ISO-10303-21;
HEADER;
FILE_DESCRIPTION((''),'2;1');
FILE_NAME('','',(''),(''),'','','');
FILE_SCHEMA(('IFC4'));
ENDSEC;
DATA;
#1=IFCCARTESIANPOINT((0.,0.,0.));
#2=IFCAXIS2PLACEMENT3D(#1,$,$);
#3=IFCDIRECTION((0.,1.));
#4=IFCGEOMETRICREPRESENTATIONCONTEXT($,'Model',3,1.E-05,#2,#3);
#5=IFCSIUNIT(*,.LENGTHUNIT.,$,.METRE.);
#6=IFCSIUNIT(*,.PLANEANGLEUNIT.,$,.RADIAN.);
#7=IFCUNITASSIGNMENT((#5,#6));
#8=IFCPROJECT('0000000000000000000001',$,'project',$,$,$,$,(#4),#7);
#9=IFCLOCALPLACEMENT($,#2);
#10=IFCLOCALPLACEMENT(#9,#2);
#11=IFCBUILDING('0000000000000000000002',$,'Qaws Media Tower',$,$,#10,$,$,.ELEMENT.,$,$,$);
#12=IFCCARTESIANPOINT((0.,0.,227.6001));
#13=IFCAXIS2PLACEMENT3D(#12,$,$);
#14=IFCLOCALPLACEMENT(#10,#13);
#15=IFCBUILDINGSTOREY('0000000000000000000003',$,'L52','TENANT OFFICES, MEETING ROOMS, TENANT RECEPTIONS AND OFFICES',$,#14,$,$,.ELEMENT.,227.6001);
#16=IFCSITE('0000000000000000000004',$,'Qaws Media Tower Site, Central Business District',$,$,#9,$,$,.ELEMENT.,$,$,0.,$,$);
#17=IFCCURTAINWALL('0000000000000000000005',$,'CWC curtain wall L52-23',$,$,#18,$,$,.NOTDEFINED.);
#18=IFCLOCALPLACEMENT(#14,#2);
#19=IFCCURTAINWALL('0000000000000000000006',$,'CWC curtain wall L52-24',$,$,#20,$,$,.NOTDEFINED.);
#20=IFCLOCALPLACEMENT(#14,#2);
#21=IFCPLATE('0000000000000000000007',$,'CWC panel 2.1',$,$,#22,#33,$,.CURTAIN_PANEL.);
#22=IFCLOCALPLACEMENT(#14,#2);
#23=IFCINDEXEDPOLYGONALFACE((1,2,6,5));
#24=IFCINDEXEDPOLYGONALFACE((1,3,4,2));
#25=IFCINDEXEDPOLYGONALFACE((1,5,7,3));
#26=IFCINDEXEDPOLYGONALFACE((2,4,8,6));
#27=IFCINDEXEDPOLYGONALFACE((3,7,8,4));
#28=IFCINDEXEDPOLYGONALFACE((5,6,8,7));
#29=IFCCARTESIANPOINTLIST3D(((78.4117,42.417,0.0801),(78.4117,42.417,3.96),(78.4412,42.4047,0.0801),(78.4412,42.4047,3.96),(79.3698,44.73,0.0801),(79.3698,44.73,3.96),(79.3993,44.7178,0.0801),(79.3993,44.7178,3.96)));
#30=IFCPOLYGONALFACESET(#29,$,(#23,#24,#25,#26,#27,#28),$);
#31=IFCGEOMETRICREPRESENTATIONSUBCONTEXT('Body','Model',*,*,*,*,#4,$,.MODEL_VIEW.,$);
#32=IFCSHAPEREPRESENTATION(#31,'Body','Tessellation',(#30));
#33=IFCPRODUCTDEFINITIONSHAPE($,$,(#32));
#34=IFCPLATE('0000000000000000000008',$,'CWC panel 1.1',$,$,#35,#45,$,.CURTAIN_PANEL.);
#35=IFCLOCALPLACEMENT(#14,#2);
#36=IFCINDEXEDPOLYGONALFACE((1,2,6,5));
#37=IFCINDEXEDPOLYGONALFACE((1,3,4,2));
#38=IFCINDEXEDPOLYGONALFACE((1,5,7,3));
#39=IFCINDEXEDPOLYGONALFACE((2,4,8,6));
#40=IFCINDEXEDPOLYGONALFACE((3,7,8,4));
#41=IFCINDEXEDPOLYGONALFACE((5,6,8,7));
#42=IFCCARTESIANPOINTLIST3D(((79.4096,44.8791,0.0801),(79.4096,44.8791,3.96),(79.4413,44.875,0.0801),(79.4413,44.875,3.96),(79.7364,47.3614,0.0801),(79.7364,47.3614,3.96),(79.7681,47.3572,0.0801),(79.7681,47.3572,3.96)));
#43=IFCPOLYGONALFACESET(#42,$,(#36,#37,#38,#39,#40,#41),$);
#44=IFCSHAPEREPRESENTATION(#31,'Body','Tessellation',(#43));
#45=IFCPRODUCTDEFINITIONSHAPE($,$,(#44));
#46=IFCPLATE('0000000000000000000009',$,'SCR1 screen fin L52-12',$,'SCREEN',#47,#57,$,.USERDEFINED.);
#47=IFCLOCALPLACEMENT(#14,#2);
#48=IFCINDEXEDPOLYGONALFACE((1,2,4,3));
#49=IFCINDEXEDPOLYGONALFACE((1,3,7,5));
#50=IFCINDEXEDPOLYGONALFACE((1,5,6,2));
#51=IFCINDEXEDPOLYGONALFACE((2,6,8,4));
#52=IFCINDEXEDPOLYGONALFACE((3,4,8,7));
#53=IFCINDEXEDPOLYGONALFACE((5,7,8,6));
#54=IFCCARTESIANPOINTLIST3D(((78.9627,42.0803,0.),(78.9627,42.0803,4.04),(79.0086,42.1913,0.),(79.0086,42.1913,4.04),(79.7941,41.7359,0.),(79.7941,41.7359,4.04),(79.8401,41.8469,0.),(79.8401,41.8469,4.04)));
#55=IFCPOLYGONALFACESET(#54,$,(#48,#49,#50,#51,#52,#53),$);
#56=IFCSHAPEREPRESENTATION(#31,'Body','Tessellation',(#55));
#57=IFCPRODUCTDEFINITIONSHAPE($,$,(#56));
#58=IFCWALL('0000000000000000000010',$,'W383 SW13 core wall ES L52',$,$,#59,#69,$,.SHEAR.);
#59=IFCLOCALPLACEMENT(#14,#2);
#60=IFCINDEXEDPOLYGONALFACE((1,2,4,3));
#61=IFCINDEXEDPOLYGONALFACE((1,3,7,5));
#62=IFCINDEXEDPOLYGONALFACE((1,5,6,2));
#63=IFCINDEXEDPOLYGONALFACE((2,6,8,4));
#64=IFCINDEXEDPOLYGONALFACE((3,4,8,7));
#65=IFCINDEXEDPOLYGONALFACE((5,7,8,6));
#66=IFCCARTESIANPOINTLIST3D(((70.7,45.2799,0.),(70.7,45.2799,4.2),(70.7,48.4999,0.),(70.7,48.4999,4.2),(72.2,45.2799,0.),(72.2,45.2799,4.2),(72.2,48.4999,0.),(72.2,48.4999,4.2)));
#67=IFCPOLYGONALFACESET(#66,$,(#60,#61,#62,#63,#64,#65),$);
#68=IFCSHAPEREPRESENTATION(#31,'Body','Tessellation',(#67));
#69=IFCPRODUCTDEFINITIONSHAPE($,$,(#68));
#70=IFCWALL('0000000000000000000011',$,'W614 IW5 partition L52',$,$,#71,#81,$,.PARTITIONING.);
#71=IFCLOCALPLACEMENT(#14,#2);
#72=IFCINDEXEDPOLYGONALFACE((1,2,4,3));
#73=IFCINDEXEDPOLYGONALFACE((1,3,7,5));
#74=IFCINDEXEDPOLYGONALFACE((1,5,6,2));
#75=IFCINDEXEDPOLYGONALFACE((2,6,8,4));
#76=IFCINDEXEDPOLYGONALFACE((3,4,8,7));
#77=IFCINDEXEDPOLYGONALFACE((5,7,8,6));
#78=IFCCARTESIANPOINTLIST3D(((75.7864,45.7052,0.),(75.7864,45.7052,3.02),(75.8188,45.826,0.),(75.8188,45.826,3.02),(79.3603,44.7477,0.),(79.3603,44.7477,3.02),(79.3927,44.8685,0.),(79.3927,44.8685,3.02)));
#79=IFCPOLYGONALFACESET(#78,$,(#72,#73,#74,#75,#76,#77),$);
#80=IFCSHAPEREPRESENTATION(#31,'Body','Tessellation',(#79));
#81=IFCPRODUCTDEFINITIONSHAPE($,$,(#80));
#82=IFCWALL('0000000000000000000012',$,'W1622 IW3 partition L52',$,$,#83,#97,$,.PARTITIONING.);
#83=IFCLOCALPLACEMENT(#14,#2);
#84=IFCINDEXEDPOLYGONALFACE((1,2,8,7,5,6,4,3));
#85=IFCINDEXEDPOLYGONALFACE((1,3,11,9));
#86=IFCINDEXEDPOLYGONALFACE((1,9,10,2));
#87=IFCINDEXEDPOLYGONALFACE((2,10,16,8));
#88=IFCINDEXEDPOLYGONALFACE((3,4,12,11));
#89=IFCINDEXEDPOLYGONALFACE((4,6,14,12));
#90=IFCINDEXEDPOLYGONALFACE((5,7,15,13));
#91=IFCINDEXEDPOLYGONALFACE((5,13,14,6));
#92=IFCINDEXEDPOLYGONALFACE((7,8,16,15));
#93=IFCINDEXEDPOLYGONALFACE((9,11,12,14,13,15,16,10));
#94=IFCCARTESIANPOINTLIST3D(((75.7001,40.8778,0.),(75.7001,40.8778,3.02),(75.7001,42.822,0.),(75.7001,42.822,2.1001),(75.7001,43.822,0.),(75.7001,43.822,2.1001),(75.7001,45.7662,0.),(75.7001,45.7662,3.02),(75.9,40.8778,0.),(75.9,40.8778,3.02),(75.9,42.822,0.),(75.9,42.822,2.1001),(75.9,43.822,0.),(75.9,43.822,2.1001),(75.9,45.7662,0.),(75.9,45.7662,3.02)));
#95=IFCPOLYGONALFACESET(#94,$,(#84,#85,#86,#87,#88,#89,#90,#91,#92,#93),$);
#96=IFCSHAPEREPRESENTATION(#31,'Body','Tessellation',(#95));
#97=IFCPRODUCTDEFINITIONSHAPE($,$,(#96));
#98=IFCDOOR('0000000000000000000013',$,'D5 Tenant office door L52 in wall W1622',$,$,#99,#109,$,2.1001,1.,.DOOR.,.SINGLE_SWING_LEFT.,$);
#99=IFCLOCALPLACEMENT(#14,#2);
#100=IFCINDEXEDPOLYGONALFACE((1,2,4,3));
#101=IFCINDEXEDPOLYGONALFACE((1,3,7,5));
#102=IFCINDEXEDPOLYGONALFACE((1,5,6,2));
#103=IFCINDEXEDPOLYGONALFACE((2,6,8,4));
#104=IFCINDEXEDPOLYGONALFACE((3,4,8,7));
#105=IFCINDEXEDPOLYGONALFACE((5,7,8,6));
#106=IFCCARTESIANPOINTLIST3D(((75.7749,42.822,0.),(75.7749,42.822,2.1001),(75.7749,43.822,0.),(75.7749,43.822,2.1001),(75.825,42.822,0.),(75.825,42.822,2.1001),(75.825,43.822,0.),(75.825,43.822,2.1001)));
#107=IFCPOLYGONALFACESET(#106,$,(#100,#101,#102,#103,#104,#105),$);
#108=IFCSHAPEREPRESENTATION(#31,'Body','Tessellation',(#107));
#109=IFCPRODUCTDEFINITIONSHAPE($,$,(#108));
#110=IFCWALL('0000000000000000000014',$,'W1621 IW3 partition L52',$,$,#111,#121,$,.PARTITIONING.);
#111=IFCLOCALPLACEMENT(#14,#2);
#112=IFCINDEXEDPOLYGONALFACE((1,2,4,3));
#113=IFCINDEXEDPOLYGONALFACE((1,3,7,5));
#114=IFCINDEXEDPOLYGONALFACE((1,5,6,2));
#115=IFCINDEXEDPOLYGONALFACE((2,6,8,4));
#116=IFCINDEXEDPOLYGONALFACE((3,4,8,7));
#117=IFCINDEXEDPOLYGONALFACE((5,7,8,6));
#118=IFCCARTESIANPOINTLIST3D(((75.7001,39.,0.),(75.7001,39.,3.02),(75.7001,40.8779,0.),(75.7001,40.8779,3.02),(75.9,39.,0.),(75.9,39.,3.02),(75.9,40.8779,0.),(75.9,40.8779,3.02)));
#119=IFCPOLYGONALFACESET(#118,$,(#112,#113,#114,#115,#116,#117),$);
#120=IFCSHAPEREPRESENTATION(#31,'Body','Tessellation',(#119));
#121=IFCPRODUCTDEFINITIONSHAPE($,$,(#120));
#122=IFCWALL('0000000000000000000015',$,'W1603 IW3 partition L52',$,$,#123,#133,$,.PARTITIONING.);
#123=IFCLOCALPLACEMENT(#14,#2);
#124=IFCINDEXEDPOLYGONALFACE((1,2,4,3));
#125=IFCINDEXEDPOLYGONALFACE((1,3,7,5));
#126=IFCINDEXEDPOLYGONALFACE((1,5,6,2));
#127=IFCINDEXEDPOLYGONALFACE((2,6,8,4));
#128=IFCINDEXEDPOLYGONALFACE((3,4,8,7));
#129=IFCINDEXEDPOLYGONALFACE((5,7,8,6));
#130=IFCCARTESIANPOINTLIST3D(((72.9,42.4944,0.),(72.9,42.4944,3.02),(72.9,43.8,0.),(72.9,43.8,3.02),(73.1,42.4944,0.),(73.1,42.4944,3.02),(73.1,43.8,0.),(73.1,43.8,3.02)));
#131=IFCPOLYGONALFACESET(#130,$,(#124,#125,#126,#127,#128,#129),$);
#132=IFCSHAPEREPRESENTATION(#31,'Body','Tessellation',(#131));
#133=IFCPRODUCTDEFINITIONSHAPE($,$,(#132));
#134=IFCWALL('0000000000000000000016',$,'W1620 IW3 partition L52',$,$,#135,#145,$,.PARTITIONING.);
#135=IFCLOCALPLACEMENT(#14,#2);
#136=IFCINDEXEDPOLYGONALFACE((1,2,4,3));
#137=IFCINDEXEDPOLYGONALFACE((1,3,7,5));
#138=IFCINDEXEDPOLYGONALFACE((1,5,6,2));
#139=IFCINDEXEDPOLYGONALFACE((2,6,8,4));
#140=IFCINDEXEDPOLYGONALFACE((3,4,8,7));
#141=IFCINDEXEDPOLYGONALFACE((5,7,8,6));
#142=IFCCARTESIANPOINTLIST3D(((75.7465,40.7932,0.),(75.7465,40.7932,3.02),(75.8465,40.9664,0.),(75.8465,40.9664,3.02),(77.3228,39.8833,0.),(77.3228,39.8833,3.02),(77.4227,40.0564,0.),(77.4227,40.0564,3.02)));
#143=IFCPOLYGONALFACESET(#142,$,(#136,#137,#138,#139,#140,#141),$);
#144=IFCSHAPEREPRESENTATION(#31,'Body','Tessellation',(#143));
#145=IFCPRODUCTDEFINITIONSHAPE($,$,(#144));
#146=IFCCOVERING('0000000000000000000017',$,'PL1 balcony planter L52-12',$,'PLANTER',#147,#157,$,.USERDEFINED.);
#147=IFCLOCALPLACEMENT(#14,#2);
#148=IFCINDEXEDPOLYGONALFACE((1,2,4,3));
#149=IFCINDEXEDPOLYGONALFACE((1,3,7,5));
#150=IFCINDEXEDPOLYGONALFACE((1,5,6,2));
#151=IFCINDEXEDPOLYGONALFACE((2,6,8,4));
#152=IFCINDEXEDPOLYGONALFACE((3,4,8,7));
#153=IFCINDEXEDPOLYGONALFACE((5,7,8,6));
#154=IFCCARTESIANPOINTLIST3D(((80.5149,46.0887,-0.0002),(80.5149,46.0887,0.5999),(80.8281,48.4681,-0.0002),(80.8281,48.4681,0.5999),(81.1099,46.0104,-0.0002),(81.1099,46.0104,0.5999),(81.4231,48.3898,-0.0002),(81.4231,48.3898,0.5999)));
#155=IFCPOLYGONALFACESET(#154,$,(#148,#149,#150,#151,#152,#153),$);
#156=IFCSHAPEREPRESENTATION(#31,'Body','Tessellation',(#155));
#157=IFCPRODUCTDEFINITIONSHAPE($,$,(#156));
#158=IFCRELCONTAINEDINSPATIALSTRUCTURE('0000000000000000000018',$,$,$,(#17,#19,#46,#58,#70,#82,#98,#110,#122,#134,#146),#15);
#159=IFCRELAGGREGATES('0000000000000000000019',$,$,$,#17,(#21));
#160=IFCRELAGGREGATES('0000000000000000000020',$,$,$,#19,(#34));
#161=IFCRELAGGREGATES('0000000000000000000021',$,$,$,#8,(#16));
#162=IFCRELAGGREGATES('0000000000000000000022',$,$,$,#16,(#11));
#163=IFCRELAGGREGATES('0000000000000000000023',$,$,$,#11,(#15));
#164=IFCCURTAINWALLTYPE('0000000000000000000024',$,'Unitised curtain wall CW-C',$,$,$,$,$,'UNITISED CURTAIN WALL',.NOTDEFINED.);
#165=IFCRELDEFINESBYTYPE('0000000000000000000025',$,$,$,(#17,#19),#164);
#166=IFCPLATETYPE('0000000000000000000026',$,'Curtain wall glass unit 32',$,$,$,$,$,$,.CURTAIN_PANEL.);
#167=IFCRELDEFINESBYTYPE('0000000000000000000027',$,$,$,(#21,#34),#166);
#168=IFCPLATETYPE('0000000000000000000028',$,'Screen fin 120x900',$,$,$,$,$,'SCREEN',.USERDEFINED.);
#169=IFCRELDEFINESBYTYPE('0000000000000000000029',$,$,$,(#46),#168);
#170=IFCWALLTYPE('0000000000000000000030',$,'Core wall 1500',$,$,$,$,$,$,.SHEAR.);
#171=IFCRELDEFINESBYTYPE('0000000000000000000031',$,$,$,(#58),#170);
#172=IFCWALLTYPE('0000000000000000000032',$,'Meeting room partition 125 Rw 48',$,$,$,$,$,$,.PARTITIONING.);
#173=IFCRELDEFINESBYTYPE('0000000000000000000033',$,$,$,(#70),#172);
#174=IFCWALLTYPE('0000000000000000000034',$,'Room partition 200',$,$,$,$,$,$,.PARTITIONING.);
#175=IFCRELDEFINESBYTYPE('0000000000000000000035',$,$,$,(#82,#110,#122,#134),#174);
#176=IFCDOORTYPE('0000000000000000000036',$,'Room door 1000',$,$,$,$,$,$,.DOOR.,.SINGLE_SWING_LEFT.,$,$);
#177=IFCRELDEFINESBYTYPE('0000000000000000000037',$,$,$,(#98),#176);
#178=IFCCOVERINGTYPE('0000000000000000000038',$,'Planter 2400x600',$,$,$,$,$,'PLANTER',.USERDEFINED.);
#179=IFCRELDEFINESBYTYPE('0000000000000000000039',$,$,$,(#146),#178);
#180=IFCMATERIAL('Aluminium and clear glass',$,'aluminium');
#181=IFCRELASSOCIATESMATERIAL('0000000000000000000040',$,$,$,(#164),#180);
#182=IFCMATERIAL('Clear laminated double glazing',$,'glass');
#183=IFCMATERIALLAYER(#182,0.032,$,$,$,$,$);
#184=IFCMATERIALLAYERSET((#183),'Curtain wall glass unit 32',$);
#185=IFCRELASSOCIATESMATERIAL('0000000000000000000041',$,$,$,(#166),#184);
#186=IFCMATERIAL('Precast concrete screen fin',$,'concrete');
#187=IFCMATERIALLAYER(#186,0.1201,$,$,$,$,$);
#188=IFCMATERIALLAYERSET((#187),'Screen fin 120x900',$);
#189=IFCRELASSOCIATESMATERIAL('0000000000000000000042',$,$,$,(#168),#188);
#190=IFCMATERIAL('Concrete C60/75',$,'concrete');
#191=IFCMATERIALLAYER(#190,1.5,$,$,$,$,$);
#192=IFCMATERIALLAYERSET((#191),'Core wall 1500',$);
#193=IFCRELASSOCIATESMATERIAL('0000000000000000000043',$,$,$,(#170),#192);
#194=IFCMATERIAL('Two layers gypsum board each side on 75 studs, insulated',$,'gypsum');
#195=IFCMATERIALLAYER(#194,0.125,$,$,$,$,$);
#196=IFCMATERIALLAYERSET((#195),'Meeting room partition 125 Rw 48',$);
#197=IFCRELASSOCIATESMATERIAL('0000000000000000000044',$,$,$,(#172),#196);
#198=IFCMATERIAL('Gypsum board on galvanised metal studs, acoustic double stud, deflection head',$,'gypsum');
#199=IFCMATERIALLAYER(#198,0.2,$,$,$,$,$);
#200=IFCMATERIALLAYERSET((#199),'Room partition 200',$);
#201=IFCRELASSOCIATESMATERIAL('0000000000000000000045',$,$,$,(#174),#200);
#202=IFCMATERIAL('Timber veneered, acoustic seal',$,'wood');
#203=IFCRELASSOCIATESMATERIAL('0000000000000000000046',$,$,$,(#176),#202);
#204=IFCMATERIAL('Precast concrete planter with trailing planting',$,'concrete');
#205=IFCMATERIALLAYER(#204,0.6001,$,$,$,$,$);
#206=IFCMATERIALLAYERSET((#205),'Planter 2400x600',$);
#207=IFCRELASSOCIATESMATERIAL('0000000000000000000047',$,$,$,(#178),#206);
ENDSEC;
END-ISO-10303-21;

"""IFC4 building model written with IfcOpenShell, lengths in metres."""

from ifc_helpers import new_model, si_unit, direction, frame, frame_2d, origin, origin_2d, place, context, subcontext, project, spatial, rectangle, extrude, material, layer, layer_set, type_object, element, fill, aggregate, save


model = new_model("IFC4")

# Units and contexts
model_context = context("Model", 3, precision=1e-05, world=origin(), true_north=direction((0.0, 1.0)))
body_context = subcontext(model_context, "Body", "Model", "MODEL_VIEW")
ifc_project = project(units=[si_unit("LENGTHUNIT", "METRE"), si_unit("PLANEANGLEUNIT", "RADIAN")], contexts=[model_context])

# Site, building, storey
site_placement = place(None, origin())
site = spatial("IfcSite", under=ifc_project, at=site_placement, Name="Qaws Media Tower Site, Central Business District", CompositionType="ELEMENT", RefElevation=0.0)
building_placement = place(site_placement, origin())
building = spatial("IfcBuilding", under=site, at=building_placement, Name="Qaws Media Tower", CompositionType="ELEMENT")
storey_placement = place(building_placement, frame((0.0, 0.0, 227.6001)))
storey = spatial("IfcBuildingStorey", under=building, at=storey_placement, Name="L52", Description="TENANT OFFICES, MEETING ROOMS, TENANT RECEPTIONS AND OFFICES", CompositionType="ELEMENT", Elevation=227.6001)

# Curtain walls
ifc_material_1 = material(Name="Aluminium and clear glass", Category="aluminium")
curtain_wall_type = type_object("IfcCurtainWallType", Name="Unitised curtain wall CW-C", ElementType="UNITISED CURTAIN WALL", PredefinedType="NOTDEFINED", material=ifc_material_1)
curtain_wall_1_placement = place(storey_placement, origin())
curtain_wall_1 = element("IfcCurtainWall", 1, at=curtain_wall_1_placement, inside=storey, type_object=curtain_wall_type, Name="CWC curtain wall L52-23", PredefinedType="NOTDEFINED")
curtain_wall_2_placement = place(storey_placement, origin())
curtain_wall_2 = element("IfcCurtainWall", 2, at=curtain_wall_2_placement, inside=storey, type_object=curtain_wall_type, Name="CWC curtain wall L52-24", PredefinedType="NOTDEFINED")

# Plates
ifc_material_2 = material(Name="Clear laminated double glazing", Category="glass")
ifc_layer_1 = layer(ifc_material_2, 0.032)
ifc_layer_set_1 = layer_set([ifc_layer_1], Name="Curtain wall glass unit 32")
plate_type_1 = type_object("IfcPlateType", Name="Curtain wall glass unit 32", PredefinedType="CURTAIN_PANEL", material=ifc_layer_set_1)
plate_1_placement = place(storey_placement, frame((78.9055, 43.5674, 0.0801), z_axis=(0.0, 0.0, 1.0), x_axis=(0.382683, 0.92388, 0.0)))
plate_1 = element("IfcPlate", 3, at=plate_1_placement, type_object=plate_type_1, Name="CWC panel 2.1", PredefinedType="CURTAIN_PANEL", context=body_context, shape_type="SweptSolid", body=[
    extrude(rectangle(XDim=2.5037, YDim=0.032, at=origin_2d()), origin(), (0.0, 0.0, 1.0), 3.8799),
])
aggregate(curtain_wall_1, [plate_1])
plate_2_placement = place(storey_placement, frame((79.5889, 46.1182, 0.0801), z_axis=(0.0, 0.0, 1.0), x_axis=(0.130526, 0.991445, 0.0)))
plate_2 = element("IfcPlate", 4, at=plate_2_placement, type_object=plate_type_1, Name="CWC panel 1.1", PredefinedType="CURTAIN_PANEL", context=body_context, shape_type="SweptSolid", body=[
    extrude(rectangle(XDim=2.5037, YDim=0.032, at=origin_2d()), origin(), (0.0, 0.0, 1.0), 3.8799),
])
aggregate(curtain_wall_2, [plate_2])
ifc_material_3 = material(Name="Precast concrete screen fin", Category="concrete")
ifc_layer_2 = layer(ifc_material_3, 0.1201)
ifc_layer_set_2 = layer_set([ifc_layer_2], Name="Screen fin 120x900")
plate_type_2 = type_object("IfcPlateType", Name="Screen fin 120x900", ElementType="SCREEN", PredefinedType="USERDEFINED", material=ifc_layer_set_2)
plate_3_placement = place(storey_placement, frame((79.4014, 41.9636, 0.0), z_axis=(0.0, 0.0, 1.0), x_axis=(0.92388, -0.382683, 0.0)))
element("IfcPlate", 5, at=plate_3_placement, inside=storey, type_object=plate_type_2, Name="SCR1 screen fin L52-12", ObjectType="SCREEN", PredefinedType="USERDEFINED", context=body_context, shape_type="SweptSolid", body=[
    extrude(rectangle(XDim=0.8999, YDim=0.1201, at=origin_2d()), origin(), (0.0, 0.0, 1.0), 4.04),
])

# Walls
ifc_material_4 = material(Name="Concrete C60/75", Category="concrete")
ifc_layer_3 = layer(ifc_material_4, 1.5)
ifc_layer_set_3 = layer_set([ifc_layer_3], Name="Core wall 1500")
wall_type_1 = type_object("IfcWallType", Name="Core wall 1500", PredefinedType="SHEAR", material=ifc_layer_set_3)
wall_1_placement = place(storey_placement, frame((71.45, 45.28, 0.0), z_axis=(0.0, 0.0, 1.0), x_axis=(0.0, 1.0, 0.0)))
element("IfcWall", 6, at=wall_1_placement, inside=storey, type_object=wall_type_1, Name="W383 SW13 core wall ES L52", PredefinedType="SHEAR", context=body_context, shape_type="SweptSolid", body=[
    extrude(rectangle(XDim=3.22, YDim=1.5, at=frame_2d((1.6099, 0.0))), origin(), (0.0, 0.0, 1.0), 4.2),
])
ifc_material_5 = material(Name="Two layers gypsum board each side on 75 studs, insulated", Category="gypsum")
ifc_layer_4 = layer(ifc_material_5, 0.125)
ifc_layer_set_4 = layer_set([ifc_layer_4], Name="Meeting room partition 125 Rw 48")
wall_type_2 = type_object("IfcWallType", Name="Meeting room partition 125 Rw 48", PredefinedType="PARTITIONING", material=ifc_layer_set_4)
wall_2_placement = place(storey_placement, frame((75.8025, 45.7656, 0.0), z_axis=(0.0, 0.0, 1.0), x_axis=(0.965934, -0.258788, 0.0)))
element("IfcWall", 7, at=wall_2_placement, inside=storey, type_object=wall_type_2, Name="W614 IW5 partition L52", PredefinedType="PARTITIONING", context=body_context, shape_type="SweptSolid", body=[
    extrude(rectangle(XDim=3.7, YDim=0.125, at=frame_2d((1.8501, 0.0))), origin(), (0.0, 0.0, 1.0), 3.02),
])

# Wall, opening, door
ifc_material_6 = material(Name="Gypsum board on galvanised metal studs, acoustic double stud, deflection head", Category="gypsum")
ifc_layer_5 = layer(ifc_material_6, 0.2)
ifc_layer_set_5 = layer_set([ifc_layer_5], Name="Room partition 200")
wall_type_3 = type_object("IfcWallType", Name="Room partition 200", PredefinedType="PARTITIONING", material=ifc_layer_set_5)
wall_3_placement = place(storey_placement, frame((75.8, 45.7664, 0.0), z_axis=(0.0, 0.0, 1.0), x_axis=(0.0, -1.0, 0.0)))
wall_3 = element("IfcWall", 8, at=wall_3_placement, inside=storey, type_object=wall_type_3, Name="W1622 IW3 partition L52", PredefinedType="PARTITIONING", context=body_context, shape_type="SweptSolid", body=[
    extrude(rectangle(XDim=4.8884, YDim=0.2, at=frame_2d((2.4443, 0.0))), origin(), (0.0, 0.0, 1.0), 3.02),
])
opening_placement = place(wall_3_placement, frame((1.9443, 0.0, 0.0)))
opening = element("IfcOpeningElement", 9, at=opening_placement, cuts=wall_3, PredefinedType="OPENING", context=body_context, shape_type="SweptSolid", body=[
    extrude(rectangle(XDim=1.0, YDim=2.1001, at=frame_2d((0.5, 1.05))), frame((0.0, 0.1099, 0.0), z_axis=(0.0, -1.0, 0.0), x_axis=(1.0, 0.0, 0.0)), (0.0, 0.0, 1.0), 0.22),
])
ifc_material_7 = material(Name="Timber veneered, acoustic seal", Category="wood")
door_type = type_object("IfcDoorType", Name="Room door 1000", OperationType="SINGLE_SWING_LEFT", PredefinedType="DOOR", material=ifc_material_7)
door_placement = place(opening_placement, origin())
door = element("IfcDoor", 10, at=door_placement, inside=storey, type_object=door_type, Name="D5 Tenant office door L52 in wall W1622", OperationType="SINGLE_SWING_LEFT", OverallHeight=2.1001, OverallWidth=1.0, PredefinedType="DOOR", context=body_context, shape_type="SweptSolid", body=[
    extrude(rectangle(XDim=1.0, YDim=2.1001, at=frame_2d((0.5, 1.05))), frame((0.0, 0.0249, 0.0), z_axis=(0.0, -1.0, 0.0), x_axis=(1.0, 0.0, 0.0)), (0.0, 0.0, 1.0), 0.05),
])
fill(opening, door)

# Walls
wall_4_placement = place(storey_placement, frame((75.8, 40.8779, 0.0), z_axis=(0.0, 0.0, 1.0), x_axis=(0.0, -1.0, 0.0)))
element("IfcWall", 11, at=wall_4_placement, inside=storey, type_object=wall_type_3, Name="W1621 IW3 partition L52", PredefinedType="PARTITIONING", context=body_context, shape_type="SweptSolid", body=[
    extrude(rectangle(XDim=1.8779, YDim=0.2, at=frame_2d((0.939, 0.0))), origin(), (0.0, 0.0, 1.0), 3.02),
])
wall_5_placement = place(storey_placement, frame((73.0, 42.4944, 0.0), z_axis=(0.0, 0.0, 1.0), x_axis=(0.0, 1.0, 0.0)))
element("IfcWall", 12, at=wall_5_placement, inside=storey, type_object=wall_type_3, Name="W1603 IW3 partition L52", PredefinedType="PARTITIONING", context=body_context, shape_type="SweptSolid", body=[
    extrude(rectangle(XDim=1.3057, YDim=0.2, at=frame_2d((0.6528, 0.0))), origin(), (0.0, 0.0, 1.0), 3.02),
])
wall_6_placement = place(storey_placement, frame((75.7964, 40.8799, 0.0), z_axis=(0.0, 0.0, 1.0), x_axis=(0.866047, -0.499962, 0.0)))
element("IfcWall", 13, at=wall_6_placement, inside=storey, type_object=wall_type_3, Name="W1620 IW3 partition L52", PredefinedType="PARTITIONING", context=body_context, shape_type="SweptSolid", body=[
    extrude(rectangle(XDim=1.8201, YDim=0.2, at=frame_2d((0.9102, 0.0))), origin(), (0.0, 0.0, 1.0), 3.02),
])

# Covering
ifc_material_8 = material(Name="Precast concrete planter with trailing planting", Category="concrete")
ifc_layer_6 = layer(ifc_material_8, 0.6001)
ifc_layer_set_6 = layer_set([ifc_layer_6], Name="Planter 2400x600")
covering_type = type_object("IfcCoveringType", Name="Planter 2400x600", ElementType="PLANTER", PredefinedType="USERDEFINED", material=ifc_layer_set_6)
covering_placement = place(storey_placement, frame((80.969, 47.2393, -0.0002), z_axis=(0.0, 0.0, 1.0), x_axis=(0.130526, 0.991445, 0.0)))
element("IfcCovering", 14, at=covering_placement, inside=storey, type_object=covering_type, Name="PL1 balcony planter L52-12", ObjectType="PLANTER", PredefinedType="USERDEFINED", context=body_context, shape_type="SweptSolid", body=[
    extrude(rectangle(XDim=2.3999, YDim=0.6001, at=origin_2d()), origin(), (0.0, 0.0, 1.0), 0.6001),
])

save(model, "model.ifc")
